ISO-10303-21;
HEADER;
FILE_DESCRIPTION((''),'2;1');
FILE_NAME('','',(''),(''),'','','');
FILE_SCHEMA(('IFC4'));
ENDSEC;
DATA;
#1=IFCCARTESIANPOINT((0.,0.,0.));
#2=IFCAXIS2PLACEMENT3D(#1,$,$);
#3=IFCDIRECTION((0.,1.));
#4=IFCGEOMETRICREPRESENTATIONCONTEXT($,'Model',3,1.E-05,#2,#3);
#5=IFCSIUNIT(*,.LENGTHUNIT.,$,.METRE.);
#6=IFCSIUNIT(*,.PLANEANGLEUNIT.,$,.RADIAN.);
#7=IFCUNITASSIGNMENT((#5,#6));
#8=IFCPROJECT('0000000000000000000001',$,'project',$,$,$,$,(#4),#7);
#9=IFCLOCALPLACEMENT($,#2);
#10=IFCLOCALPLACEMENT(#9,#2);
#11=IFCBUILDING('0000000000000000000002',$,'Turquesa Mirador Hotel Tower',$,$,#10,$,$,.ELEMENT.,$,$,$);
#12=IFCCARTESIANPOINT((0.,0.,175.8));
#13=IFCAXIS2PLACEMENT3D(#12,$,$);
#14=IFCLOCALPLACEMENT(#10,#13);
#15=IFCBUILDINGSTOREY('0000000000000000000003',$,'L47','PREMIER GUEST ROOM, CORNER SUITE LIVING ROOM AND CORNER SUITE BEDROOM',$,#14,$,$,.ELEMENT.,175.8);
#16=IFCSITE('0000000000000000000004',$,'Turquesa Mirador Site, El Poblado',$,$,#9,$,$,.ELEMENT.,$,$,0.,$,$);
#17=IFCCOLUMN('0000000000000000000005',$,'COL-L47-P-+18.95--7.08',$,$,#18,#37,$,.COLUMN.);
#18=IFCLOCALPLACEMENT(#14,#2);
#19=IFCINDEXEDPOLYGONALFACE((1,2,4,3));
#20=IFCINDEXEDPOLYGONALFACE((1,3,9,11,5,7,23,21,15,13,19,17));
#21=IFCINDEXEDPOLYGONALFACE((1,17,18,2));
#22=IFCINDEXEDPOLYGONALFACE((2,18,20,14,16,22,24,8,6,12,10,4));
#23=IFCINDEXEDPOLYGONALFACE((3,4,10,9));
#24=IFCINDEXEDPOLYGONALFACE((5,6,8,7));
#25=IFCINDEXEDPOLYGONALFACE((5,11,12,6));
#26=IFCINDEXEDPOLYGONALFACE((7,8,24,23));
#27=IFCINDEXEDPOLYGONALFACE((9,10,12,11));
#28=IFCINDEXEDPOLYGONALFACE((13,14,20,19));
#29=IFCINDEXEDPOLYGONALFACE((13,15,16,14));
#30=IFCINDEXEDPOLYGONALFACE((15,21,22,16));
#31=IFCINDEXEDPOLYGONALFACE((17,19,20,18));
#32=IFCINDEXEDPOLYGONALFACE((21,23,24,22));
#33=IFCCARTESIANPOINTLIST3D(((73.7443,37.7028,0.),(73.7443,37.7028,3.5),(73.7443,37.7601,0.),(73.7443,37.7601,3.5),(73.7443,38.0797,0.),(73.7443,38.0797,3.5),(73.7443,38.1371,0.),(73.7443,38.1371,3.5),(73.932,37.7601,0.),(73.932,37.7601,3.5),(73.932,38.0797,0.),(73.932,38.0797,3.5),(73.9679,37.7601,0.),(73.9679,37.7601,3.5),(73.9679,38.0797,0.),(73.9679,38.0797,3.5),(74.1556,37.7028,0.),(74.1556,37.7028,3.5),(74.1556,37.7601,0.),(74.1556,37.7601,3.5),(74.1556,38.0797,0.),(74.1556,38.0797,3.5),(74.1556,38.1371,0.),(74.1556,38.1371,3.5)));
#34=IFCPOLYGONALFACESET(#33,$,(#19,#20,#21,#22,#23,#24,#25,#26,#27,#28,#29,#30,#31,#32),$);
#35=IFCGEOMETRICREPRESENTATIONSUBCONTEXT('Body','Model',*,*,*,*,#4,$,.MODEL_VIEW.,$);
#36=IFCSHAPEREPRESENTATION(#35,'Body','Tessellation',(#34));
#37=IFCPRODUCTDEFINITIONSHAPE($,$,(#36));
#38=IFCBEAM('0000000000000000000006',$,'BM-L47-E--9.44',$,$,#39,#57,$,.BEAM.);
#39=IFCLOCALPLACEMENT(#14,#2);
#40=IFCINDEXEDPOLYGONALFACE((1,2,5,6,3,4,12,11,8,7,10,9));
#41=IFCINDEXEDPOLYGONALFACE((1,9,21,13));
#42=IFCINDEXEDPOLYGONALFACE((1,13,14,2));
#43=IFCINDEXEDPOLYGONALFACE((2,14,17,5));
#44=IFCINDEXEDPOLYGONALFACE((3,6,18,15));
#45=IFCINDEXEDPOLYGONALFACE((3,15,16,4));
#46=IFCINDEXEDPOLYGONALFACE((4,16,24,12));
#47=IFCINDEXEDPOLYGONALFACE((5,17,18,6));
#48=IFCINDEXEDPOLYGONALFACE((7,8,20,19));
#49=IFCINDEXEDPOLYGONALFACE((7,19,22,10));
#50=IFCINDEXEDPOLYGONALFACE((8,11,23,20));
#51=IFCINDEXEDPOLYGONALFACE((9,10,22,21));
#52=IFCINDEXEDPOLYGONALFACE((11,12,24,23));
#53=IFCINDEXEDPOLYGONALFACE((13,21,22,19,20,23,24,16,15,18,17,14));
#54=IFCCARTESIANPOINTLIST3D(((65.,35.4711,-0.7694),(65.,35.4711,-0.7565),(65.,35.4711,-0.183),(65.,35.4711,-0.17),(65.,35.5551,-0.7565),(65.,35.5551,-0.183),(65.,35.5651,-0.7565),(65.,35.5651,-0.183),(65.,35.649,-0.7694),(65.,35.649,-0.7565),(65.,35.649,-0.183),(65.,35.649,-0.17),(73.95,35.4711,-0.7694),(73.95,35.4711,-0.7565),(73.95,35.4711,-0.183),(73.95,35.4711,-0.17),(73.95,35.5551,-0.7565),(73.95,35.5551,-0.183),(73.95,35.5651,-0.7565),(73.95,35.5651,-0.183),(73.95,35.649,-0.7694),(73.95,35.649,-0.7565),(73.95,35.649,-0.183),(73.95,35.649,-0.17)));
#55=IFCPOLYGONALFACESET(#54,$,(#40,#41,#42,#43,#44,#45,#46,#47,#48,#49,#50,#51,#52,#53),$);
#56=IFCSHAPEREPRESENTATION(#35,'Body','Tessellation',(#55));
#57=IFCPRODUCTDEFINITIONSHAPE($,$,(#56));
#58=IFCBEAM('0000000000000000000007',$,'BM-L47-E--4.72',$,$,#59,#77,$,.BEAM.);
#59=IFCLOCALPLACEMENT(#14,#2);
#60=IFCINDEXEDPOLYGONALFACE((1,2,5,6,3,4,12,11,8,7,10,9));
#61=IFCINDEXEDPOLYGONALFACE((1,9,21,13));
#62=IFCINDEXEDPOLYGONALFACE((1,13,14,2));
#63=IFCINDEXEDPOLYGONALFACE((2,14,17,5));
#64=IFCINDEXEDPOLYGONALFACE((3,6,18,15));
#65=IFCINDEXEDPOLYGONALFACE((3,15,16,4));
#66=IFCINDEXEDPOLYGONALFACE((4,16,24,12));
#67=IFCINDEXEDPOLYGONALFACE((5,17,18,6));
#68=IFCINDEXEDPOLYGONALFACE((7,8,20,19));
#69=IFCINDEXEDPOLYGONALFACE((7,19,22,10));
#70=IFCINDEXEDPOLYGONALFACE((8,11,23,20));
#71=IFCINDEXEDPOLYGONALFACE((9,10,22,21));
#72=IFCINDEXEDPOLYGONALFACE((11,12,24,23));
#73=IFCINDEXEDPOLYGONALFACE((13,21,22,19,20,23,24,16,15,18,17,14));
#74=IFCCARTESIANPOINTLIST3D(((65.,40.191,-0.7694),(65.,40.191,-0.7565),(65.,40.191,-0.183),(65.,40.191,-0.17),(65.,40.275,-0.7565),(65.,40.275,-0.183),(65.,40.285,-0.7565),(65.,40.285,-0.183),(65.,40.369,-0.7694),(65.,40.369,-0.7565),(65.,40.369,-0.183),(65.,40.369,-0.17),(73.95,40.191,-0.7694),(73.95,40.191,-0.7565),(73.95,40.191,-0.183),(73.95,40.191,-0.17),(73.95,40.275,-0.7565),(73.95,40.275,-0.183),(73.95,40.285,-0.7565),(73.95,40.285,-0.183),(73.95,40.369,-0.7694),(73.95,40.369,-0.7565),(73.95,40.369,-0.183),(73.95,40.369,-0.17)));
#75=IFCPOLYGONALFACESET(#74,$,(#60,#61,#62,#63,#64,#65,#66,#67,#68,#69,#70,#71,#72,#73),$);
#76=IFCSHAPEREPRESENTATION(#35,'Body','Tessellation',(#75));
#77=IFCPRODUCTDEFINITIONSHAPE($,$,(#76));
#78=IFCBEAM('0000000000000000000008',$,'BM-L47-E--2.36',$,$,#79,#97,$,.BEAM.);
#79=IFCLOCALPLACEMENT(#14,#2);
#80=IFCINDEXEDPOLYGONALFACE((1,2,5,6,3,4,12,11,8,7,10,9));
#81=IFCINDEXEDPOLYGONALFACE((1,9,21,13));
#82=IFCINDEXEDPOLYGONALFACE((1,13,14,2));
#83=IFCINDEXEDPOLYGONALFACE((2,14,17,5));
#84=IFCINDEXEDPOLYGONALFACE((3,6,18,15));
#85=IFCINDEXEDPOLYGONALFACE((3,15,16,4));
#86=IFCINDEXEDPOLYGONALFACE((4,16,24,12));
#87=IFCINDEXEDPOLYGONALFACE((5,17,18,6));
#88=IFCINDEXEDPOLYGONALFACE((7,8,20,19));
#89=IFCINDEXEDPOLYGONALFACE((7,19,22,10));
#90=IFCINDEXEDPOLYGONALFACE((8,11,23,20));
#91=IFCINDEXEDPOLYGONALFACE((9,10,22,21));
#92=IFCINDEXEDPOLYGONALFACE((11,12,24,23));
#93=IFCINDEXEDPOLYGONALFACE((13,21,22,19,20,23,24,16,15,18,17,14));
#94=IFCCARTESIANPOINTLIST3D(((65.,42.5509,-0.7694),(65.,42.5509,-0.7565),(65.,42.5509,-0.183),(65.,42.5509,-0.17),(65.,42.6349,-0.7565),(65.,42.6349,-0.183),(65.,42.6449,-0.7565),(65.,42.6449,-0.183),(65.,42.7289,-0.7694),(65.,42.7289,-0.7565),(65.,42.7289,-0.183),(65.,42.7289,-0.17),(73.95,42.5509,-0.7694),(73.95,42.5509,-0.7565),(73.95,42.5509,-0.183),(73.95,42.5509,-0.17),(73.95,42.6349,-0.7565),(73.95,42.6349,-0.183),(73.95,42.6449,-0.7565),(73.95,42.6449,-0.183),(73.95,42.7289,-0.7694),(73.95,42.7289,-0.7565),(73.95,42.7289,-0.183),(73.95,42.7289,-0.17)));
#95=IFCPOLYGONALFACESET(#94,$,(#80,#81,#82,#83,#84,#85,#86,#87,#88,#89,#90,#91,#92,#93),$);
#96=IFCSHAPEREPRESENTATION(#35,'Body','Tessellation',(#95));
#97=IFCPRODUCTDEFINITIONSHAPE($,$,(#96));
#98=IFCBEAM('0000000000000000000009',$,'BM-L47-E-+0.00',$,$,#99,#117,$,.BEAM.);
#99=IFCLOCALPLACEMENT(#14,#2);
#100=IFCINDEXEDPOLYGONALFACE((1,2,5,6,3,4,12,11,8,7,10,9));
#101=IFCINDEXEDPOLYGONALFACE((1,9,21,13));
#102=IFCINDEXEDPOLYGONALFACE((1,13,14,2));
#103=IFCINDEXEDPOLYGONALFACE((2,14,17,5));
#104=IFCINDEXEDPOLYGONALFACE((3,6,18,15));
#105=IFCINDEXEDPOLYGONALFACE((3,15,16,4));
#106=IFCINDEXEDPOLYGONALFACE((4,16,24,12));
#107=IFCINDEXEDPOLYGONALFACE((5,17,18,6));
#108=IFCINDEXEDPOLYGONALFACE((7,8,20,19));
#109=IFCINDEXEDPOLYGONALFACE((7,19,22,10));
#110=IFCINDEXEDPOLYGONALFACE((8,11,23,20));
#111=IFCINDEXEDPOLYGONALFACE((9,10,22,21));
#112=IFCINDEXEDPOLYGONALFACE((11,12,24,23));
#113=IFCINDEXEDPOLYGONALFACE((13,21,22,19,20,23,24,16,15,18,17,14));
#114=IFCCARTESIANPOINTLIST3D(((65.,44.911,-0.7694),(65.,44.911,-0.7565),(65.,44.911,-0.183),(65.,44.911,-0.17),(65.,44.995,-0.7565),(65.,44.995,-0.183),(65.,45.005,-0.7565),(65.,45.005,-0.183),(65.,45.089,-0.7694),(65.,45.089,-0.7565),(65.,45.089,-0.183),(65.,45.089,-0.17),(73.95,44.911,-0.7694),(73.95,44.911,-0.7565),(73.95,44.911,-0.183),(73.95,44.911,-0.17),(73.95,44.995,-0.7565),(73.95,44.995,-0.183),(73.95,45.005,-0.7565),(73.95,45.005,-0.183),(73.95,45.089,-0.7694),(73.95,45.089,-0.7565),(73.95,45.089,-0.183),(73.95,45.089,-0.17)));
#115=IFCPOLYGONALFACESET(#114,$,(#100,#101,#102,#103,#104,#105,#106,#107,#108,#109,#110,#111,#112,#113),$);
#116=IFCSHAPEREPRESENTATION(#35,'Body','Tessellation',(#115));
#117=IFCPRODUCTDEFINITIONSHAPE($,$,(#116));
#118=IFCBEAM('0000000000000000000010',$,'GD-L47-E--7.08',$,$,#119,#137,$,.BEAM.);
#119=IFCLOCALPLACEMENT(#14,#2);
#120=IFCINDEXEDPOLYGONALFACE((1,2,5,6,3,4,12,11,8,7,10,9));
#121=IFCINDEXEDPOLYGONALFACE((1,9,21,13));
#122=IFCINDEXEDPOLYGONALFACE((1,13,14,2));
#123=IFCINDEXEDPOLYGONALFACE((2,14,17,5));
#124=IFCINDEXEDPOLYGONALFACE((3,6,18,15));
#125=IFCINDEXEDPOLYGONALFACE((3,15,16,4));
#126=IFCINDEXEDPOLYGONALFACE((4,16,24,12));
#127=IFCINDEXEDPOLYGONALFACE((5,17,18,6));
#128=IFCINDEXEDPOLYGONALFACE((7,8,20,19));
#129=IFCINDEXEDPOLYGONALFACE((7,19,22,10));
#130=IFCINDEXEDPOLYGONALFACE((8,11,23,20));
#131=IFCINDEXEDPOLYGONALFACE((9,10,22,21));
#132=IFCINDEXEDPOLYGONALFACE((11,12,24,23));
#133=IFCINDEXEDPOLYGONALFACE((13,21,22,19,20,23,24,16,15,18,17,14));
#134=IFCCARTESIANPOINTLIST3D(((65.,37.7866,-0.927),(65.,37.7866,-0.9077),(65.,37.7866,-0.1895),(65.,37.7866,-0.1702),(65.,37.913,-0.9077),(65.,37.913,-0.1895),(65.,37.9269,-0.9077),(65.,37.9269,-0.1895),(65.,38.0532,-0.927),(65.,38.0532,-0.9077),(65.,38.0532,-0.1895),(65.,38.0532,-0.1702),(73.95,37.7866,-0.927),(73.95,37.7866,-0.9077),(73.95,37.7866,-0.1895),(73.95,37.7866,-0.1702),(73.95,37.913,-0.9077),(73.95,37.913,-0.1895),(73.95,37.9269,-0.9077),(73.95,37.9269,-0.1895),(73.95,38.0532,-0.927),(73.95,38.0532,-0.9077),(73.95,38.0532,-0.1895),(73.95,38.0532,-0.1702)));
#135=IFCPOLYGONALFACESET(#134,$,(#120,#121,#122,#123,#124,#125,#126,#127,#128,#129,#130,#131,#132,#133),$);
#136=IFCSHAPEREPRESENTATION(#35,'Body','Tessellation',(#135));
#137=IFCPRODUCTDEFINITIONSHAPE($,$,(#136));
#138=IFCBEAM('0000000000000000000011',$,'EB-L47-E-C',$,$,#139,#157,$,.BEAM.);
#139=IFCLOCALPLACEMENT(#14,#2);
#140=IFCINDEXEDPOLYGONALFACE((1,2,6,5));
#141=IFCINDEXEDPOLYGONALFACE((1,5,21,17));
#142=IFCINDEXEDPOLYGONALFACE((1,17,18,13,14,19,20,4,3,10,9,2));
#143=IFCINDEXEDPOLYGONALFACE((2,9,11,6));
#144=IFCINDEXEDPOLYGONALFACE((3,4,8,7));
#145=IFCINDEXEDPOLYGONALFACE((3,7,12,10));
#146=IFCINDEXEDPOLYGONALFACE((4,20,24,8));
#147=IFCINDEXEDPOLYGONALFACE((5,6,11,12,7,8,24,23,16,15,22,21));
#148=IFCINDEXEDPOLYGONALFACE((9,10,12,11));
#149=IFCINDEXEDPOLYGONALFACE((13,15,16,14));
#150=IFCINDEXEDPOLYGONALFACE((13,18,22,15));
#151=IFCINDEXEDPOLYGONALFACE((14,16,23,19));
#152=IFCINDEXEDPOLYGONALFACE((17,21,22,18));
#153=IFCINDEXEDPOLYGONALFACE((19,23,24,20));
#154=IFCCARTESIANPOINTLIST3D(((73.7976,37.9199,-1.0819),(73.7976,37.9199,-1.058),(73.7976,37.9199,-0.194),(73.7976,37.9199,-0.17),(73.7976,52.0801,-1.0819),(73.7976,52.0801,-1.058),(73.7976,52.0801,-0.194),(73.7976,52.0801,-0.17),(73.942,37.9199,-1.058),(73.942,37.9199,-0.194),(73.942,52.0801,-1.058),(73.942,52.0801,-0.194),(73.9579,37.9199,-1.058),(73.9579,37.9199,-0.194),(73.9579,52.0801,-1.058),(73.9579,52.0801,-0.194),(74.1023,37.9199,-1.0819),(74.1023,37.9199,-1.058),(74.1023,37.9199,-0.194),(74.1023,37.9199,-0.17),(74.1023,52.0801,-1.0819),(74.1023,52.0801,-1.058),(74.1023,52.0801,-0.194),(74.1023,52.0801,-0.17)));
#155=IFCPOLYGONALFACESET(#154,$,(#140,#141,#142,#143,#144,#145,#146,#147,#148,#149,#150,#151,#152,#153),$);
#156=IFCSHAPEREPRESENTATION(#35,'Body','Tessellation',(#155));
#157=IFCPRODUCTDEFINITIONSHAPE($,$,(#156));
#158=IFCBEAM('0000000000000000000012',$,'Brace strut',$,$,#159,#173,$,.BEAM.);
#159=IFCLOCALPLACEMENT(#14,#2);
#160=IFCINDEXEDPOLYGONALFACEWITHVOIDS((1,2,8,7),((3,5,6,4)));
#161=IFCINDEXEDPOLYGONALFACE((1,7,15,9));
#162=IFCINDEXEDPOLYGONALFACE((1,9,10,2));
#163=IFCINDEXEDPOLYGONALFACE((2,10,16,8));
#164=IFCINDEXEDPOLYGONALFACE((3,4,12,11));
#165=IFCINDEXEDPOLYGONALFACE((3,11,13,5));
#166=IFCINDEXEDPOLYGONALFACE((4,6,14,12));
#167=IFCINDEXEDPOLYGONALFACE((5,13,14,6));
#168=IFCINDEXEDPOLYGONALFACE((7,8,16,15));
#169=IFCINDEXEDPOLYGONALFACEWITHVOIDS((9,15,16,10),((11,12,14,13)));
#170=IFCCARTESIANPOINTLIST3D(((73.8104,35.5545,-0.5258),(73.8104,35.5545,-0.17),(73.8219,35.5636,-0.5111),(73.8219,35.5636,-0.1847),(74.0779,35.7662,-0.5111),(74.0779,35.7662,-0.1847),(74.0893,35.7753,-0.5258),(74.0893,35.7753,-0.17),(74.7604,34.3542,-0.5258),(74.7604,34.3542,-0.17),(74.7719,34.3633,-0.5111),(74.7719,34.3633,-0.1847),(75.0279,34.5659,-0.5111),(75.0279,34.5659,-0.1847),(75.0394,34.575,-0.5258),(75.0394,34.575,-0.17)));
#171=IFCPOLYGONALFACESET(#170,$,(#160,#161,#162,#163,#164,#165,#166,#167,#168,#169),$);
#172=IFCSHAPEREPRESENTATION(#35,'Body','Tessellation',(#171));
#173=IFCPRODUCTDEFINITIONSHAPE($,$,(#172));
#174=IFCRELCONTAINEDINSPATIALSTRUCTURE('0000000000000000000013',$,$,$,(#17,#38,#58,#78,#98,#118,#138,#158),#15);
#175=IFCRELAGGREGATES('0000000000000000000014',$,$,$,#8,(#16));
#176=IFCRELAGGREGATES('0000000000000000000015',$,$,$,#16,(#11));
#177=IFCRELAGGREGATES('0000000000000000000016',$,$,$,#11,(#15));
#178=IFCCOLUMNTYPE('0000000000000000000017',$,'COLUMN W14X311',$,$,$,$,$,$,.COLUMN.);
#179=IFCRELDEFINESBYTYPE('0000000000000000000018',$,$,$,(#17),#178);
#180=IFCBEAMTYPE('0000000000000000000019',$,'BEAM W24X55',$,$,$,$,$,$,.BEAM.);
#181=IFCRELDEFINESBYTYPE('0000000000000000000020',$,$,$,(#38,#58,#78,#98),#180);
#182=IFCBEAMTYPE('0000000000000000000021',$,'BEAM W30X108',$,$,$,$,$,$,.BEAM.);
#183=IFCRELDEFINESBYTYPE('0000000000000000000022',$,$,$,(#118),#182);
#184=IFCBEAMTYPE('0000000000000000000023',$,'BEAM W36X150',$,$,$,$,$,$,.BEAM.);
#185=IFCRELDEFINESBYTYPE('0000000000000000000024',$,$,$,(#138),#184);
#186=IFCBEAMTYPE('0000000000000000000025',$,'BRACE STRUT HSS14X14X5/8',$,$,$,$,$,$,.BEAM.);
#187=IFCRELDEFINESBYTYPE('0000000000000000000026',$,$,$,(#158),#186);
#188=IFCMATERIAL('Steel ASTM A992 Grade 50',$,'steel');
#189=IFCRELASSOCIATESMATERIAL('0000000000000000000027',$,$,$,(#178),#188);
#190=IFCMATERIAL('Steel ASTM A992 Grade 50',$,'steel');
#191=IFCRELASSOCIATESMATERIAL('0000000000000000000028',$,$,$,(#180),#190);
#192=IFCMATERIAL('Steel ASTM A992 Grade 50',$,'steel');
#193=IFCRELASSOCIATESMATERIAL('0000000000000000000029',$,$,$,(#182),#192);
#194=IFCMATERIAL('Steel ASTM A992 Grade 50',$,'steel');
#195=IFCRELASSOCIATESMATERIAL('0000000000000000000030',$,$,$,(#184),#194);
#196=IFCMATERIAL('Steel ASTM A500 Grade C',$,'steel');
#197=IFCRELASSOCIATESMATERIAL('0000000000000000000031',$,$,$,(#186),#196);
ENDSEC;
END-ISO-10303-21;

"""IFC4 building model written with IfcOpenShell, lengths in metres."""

from ifc_helpers import new_model, si_unit, direction, frame, origin, origin_2d, place, context, subcontext, project, spatial, hollow_rectangle, i_section, extrude, material, material_profile, profile_set, type_object, element, save


model = new_model("IFC4")

# Units and contexts
model_context = context("Model", 3, precision=1e-05, world=origin(), true_north=direction((0.0, 1.0)))
body_context = subcontext(model_context, "Body", "Model", "MODEL_VIEW")
ifc_project = project(units=[si_unit("LENGTHUNIT", "METRE"), si_unit("PLANEANGLEUNIT", "RADIAN")], contexts=[model_context])

# Site, building, storey
site_placement = place(None, origin())
site = spatial("IfcSite", under=ifc_project, at=site_placement, Name="Turquesa Mirador Site, El Poblado", CompositionType="ELEMENT", RefElevation=0.0)
building_placement = place(site_placement, origin())
building = spatial("IfcBuilding", under=site, at=building_placement, Name="Turquesa Mirador Hotel Tower", CompositionType="ELEMENT")
storey_placement = place(building_placement, frame((0.0, 0.0, 175.8)))
storey = spatial("IfcBuildingStorey", under=building, at=storey_placement, Name="L47", Description="PREMIER GUEST ROOM, CORNER SUITE LIVING ROOM AND CORNER SUITE BEDROOM", CompositionType="ELEMENT", Elevation=175.8)

# Column
ifc_material_1 = material(Name="Steel ASTM A992 Grade 50", Category="steel")
ifc_material_profile_1 = material_profile(ifc_material_1, i_section(OverallWidth=0.4114, OverallDepth=0.4343, WebThickness=0.0359, FlangeThickness=0.0574, at=origin_2d()), Name="W14X311")
ifc_profile_set_1 = profile_set([ifc_material_profile_1], Name="Steel ASTM A992 Grade 50")
column_type = type_object("IfcColumnType", Name="COLUMN W14X311", PredefinedType="COLUMN", material=ifc_profile_set_1)
column_placement = place(storey_placement, frame((73.95, 37.9199, 0.0), z_axis=(0.0, 0.0, 1.0), x_axis=(1.0, 0.0, 0.0)))
element("IfcColumn", 1, at=column_placement, inside=storey, type_object=column_type, Name="COL-L47-P-+18.95--7.08", PredefinedType="COLUMN", context=body_context, shape_type="SweptSolid", body=[
    extrude(i_section(OverallWidth=0.4114, OverallDepth=0.4343, WebThickness=0.0359, FlangeThickness=0.0574, at=origin_2d()), origin(), (0.0, 0.0, 1.0), 3.5),
])

# Beams
ifc_material_2 = material(Name="Steel ASTM A992 Grade 50", Category="steel")
ifc_material_profile_2 = material_profile(ifc_material_2, i_section(OverallWidth=0.178, OverallDepth=0.5994, WebThickness=0.01, FlangeThickness=0.0129, at=origin_2d()), Name="W24X55")
ifc_profile_set_2 = profile_set([ifc_material_profile_2], Name="Steel ASTM A992 Grade 50")
beam_type_1 = type_object("IfcBeamType", Name="BEAM W24X55", PredefinedType="BEAM", material=ifc_profile_set_2)
for number, where, z_axis, x_axis, name in (
    (2, (73.95, 35.5601, -0.4697), (-1.0, 0.0, 0.0), (0.0, -1.0, 0.0), "BM-L47-E--9.44"),
    (3, (73.95, 40.28, -0.4697), (-1.0, 0.0, 0.0), (0.0, -1.0, 0.0), "BM-L47-E--4.72"),
    (4, (73.95, 42.6399, -0.4697), (-1.0, 0.0, 0.0), (0.0, -1.0, 0.0), "BM-L47-E--2.36"),
    (5, (73.95, 45.0, -0.4697), (-1.0, 0.0, 0.0), (0.0, -1.0, 0.0), "BM-L47-E-+0.00"),
):
    element("IfcBeam", number, at=place(storey_placement, frame(where, z_axis=z_axis, x_axis=x_axis)), inside=storey, type_object=beam_type_1, Name=name, PredefinedType="BEAM", context=body_context, shape_type="SweptSolid", body=[
        extrude(i_section(OverallWidth=0.178, OverallDepth=0.5994, WebThickness=0.01, FlangeThickness=0.0129, at=origin_2d()), origin(), (0.0, 0.0, 1.0), 8.95),
    ])
ifc_material_3 = material(Name="Steel ASTM A992 Grade 50", Category="steel")
ifc_material_profile_3 = material_profile(ifc_material_3, i_section(OverallWidth=0.2666, OverallDepth=0.7568, WebThickness=0.0139, FlangeThickness=0.0193, at=origin_2d()), Name="W30X108")
ifc_profile_set_3 = profile_set([ifc_material_profile_3], Name="Steel ASTM A992 Grade 50")
beam_type_2 = type_object("IfcBeamType", Name="BEAM W30X108", PredefinedType="BEAM", material=ifc_profile_set_3)
beam_1_placement = place(storey_placement, frame((73.95, 37.9199, -0.5486), z_axis=(-1.0, 0.0, 0.0), x_axis=(0.0, -1.0, 0.0)))
element("IfcBeam", 6, at=beam_1_placement, inside=storey, type_object=beam_type_2, Name="GD-L47-E--7.08", PredefinedType="BEAM", context=body_context, shape_type="SweptSolid", body=[
    extrude(i_section(OverallWidth=0.2666, OverallDepth=0.7568, WebThickness=0.0139, FlangeThickness=0.0193, at=origin_2d()), origin(), (0.0, 0.0, 1.0), 8.95),
])
ifc_material_4 = material(Name="Steel ASTM A992 Grade 50", Category="steel")
ifc_material_profile_4 = material_profile(ifc_material_4, i_section(OverallWidth=0.3047, OverallDepth=0.9119, WebThickness=0.0159, FlangeThickness=0.0239, at=origin_2d()), Name="W36X150")
ifc_profile_set_4 = profile_set([ifc_material_profile_4], Name="Steel ASTM A992 Grade 50")
beam_type_3 = type_object("IfcBeamType", Name="BEAM W36X150", PredefinedType="BEAM", material=ifc_profile_set_4)
beam_2_placement = place(storey_placement, frame((73.95, 37.9199, -0.626), z_axis=(0.0, 1.0, 0.0), x_axis=(-1.0, 0.0, 0.0)))
element("IfcBeam", 7, at=beam_2_placement, inside=storey, type_object=beam_type_3, Name="EB-L47-E-C", PredefinedType="BEAM", context=body_context, shape_type="SweptSolid", body=[
    extrude(i_section(OverallWidth=0.3047, OverallDepth=0.9119, WebThickness=0.0159, FlangeThickness=0.0239, at=origin_2d()), origin(), (0.0, 0.0, 1.0), 14.1602),
])
ifc_material_5 = material(Name="Steel ASTM A500 Grade C", Category="steel")
ifc_material_profile_5 = material_profile(ifc_material_5, hollow_rectangle(XDim=0.3557, YDim=0.3557, WallThickness=0.0146, at=origin_2d()), Name="HSS14X14X5/8")
ifc_profile_set_5 = profile_set([ifc_material_profile_5], Name="Steel ASTM A500 Grade C")
beam_type_4 = type_object("IfcBeamType", Name="BRACE STRUT HSS14X14X5/8", PredefinedType="BEAM", material=ifc_profile_set_5)
beam_3_placement = place(storey_placement, frame((74.8999, 34.4646, -0.3479), z_axis=(-0.620621, 0.784111, 0.0), x_axis=(-0.784111, -0.620621, 0.0)))
element("IfcBeam", 8, at=beam_3_placement, inside=storey, type_object=beam_type_4, Name="Brace strut", PredefinedType="BEAM", context=body_context, shape_type="SweptSolid", body=[
    extrude(hollow_rectangle(XDim=0.3557, YDim=0.3557, WallThickness=0.0146, at=origin_2d()), origin(), (0.0, 0.0, 1.0), 1.5308),
])

save(model, "model.ifc")
